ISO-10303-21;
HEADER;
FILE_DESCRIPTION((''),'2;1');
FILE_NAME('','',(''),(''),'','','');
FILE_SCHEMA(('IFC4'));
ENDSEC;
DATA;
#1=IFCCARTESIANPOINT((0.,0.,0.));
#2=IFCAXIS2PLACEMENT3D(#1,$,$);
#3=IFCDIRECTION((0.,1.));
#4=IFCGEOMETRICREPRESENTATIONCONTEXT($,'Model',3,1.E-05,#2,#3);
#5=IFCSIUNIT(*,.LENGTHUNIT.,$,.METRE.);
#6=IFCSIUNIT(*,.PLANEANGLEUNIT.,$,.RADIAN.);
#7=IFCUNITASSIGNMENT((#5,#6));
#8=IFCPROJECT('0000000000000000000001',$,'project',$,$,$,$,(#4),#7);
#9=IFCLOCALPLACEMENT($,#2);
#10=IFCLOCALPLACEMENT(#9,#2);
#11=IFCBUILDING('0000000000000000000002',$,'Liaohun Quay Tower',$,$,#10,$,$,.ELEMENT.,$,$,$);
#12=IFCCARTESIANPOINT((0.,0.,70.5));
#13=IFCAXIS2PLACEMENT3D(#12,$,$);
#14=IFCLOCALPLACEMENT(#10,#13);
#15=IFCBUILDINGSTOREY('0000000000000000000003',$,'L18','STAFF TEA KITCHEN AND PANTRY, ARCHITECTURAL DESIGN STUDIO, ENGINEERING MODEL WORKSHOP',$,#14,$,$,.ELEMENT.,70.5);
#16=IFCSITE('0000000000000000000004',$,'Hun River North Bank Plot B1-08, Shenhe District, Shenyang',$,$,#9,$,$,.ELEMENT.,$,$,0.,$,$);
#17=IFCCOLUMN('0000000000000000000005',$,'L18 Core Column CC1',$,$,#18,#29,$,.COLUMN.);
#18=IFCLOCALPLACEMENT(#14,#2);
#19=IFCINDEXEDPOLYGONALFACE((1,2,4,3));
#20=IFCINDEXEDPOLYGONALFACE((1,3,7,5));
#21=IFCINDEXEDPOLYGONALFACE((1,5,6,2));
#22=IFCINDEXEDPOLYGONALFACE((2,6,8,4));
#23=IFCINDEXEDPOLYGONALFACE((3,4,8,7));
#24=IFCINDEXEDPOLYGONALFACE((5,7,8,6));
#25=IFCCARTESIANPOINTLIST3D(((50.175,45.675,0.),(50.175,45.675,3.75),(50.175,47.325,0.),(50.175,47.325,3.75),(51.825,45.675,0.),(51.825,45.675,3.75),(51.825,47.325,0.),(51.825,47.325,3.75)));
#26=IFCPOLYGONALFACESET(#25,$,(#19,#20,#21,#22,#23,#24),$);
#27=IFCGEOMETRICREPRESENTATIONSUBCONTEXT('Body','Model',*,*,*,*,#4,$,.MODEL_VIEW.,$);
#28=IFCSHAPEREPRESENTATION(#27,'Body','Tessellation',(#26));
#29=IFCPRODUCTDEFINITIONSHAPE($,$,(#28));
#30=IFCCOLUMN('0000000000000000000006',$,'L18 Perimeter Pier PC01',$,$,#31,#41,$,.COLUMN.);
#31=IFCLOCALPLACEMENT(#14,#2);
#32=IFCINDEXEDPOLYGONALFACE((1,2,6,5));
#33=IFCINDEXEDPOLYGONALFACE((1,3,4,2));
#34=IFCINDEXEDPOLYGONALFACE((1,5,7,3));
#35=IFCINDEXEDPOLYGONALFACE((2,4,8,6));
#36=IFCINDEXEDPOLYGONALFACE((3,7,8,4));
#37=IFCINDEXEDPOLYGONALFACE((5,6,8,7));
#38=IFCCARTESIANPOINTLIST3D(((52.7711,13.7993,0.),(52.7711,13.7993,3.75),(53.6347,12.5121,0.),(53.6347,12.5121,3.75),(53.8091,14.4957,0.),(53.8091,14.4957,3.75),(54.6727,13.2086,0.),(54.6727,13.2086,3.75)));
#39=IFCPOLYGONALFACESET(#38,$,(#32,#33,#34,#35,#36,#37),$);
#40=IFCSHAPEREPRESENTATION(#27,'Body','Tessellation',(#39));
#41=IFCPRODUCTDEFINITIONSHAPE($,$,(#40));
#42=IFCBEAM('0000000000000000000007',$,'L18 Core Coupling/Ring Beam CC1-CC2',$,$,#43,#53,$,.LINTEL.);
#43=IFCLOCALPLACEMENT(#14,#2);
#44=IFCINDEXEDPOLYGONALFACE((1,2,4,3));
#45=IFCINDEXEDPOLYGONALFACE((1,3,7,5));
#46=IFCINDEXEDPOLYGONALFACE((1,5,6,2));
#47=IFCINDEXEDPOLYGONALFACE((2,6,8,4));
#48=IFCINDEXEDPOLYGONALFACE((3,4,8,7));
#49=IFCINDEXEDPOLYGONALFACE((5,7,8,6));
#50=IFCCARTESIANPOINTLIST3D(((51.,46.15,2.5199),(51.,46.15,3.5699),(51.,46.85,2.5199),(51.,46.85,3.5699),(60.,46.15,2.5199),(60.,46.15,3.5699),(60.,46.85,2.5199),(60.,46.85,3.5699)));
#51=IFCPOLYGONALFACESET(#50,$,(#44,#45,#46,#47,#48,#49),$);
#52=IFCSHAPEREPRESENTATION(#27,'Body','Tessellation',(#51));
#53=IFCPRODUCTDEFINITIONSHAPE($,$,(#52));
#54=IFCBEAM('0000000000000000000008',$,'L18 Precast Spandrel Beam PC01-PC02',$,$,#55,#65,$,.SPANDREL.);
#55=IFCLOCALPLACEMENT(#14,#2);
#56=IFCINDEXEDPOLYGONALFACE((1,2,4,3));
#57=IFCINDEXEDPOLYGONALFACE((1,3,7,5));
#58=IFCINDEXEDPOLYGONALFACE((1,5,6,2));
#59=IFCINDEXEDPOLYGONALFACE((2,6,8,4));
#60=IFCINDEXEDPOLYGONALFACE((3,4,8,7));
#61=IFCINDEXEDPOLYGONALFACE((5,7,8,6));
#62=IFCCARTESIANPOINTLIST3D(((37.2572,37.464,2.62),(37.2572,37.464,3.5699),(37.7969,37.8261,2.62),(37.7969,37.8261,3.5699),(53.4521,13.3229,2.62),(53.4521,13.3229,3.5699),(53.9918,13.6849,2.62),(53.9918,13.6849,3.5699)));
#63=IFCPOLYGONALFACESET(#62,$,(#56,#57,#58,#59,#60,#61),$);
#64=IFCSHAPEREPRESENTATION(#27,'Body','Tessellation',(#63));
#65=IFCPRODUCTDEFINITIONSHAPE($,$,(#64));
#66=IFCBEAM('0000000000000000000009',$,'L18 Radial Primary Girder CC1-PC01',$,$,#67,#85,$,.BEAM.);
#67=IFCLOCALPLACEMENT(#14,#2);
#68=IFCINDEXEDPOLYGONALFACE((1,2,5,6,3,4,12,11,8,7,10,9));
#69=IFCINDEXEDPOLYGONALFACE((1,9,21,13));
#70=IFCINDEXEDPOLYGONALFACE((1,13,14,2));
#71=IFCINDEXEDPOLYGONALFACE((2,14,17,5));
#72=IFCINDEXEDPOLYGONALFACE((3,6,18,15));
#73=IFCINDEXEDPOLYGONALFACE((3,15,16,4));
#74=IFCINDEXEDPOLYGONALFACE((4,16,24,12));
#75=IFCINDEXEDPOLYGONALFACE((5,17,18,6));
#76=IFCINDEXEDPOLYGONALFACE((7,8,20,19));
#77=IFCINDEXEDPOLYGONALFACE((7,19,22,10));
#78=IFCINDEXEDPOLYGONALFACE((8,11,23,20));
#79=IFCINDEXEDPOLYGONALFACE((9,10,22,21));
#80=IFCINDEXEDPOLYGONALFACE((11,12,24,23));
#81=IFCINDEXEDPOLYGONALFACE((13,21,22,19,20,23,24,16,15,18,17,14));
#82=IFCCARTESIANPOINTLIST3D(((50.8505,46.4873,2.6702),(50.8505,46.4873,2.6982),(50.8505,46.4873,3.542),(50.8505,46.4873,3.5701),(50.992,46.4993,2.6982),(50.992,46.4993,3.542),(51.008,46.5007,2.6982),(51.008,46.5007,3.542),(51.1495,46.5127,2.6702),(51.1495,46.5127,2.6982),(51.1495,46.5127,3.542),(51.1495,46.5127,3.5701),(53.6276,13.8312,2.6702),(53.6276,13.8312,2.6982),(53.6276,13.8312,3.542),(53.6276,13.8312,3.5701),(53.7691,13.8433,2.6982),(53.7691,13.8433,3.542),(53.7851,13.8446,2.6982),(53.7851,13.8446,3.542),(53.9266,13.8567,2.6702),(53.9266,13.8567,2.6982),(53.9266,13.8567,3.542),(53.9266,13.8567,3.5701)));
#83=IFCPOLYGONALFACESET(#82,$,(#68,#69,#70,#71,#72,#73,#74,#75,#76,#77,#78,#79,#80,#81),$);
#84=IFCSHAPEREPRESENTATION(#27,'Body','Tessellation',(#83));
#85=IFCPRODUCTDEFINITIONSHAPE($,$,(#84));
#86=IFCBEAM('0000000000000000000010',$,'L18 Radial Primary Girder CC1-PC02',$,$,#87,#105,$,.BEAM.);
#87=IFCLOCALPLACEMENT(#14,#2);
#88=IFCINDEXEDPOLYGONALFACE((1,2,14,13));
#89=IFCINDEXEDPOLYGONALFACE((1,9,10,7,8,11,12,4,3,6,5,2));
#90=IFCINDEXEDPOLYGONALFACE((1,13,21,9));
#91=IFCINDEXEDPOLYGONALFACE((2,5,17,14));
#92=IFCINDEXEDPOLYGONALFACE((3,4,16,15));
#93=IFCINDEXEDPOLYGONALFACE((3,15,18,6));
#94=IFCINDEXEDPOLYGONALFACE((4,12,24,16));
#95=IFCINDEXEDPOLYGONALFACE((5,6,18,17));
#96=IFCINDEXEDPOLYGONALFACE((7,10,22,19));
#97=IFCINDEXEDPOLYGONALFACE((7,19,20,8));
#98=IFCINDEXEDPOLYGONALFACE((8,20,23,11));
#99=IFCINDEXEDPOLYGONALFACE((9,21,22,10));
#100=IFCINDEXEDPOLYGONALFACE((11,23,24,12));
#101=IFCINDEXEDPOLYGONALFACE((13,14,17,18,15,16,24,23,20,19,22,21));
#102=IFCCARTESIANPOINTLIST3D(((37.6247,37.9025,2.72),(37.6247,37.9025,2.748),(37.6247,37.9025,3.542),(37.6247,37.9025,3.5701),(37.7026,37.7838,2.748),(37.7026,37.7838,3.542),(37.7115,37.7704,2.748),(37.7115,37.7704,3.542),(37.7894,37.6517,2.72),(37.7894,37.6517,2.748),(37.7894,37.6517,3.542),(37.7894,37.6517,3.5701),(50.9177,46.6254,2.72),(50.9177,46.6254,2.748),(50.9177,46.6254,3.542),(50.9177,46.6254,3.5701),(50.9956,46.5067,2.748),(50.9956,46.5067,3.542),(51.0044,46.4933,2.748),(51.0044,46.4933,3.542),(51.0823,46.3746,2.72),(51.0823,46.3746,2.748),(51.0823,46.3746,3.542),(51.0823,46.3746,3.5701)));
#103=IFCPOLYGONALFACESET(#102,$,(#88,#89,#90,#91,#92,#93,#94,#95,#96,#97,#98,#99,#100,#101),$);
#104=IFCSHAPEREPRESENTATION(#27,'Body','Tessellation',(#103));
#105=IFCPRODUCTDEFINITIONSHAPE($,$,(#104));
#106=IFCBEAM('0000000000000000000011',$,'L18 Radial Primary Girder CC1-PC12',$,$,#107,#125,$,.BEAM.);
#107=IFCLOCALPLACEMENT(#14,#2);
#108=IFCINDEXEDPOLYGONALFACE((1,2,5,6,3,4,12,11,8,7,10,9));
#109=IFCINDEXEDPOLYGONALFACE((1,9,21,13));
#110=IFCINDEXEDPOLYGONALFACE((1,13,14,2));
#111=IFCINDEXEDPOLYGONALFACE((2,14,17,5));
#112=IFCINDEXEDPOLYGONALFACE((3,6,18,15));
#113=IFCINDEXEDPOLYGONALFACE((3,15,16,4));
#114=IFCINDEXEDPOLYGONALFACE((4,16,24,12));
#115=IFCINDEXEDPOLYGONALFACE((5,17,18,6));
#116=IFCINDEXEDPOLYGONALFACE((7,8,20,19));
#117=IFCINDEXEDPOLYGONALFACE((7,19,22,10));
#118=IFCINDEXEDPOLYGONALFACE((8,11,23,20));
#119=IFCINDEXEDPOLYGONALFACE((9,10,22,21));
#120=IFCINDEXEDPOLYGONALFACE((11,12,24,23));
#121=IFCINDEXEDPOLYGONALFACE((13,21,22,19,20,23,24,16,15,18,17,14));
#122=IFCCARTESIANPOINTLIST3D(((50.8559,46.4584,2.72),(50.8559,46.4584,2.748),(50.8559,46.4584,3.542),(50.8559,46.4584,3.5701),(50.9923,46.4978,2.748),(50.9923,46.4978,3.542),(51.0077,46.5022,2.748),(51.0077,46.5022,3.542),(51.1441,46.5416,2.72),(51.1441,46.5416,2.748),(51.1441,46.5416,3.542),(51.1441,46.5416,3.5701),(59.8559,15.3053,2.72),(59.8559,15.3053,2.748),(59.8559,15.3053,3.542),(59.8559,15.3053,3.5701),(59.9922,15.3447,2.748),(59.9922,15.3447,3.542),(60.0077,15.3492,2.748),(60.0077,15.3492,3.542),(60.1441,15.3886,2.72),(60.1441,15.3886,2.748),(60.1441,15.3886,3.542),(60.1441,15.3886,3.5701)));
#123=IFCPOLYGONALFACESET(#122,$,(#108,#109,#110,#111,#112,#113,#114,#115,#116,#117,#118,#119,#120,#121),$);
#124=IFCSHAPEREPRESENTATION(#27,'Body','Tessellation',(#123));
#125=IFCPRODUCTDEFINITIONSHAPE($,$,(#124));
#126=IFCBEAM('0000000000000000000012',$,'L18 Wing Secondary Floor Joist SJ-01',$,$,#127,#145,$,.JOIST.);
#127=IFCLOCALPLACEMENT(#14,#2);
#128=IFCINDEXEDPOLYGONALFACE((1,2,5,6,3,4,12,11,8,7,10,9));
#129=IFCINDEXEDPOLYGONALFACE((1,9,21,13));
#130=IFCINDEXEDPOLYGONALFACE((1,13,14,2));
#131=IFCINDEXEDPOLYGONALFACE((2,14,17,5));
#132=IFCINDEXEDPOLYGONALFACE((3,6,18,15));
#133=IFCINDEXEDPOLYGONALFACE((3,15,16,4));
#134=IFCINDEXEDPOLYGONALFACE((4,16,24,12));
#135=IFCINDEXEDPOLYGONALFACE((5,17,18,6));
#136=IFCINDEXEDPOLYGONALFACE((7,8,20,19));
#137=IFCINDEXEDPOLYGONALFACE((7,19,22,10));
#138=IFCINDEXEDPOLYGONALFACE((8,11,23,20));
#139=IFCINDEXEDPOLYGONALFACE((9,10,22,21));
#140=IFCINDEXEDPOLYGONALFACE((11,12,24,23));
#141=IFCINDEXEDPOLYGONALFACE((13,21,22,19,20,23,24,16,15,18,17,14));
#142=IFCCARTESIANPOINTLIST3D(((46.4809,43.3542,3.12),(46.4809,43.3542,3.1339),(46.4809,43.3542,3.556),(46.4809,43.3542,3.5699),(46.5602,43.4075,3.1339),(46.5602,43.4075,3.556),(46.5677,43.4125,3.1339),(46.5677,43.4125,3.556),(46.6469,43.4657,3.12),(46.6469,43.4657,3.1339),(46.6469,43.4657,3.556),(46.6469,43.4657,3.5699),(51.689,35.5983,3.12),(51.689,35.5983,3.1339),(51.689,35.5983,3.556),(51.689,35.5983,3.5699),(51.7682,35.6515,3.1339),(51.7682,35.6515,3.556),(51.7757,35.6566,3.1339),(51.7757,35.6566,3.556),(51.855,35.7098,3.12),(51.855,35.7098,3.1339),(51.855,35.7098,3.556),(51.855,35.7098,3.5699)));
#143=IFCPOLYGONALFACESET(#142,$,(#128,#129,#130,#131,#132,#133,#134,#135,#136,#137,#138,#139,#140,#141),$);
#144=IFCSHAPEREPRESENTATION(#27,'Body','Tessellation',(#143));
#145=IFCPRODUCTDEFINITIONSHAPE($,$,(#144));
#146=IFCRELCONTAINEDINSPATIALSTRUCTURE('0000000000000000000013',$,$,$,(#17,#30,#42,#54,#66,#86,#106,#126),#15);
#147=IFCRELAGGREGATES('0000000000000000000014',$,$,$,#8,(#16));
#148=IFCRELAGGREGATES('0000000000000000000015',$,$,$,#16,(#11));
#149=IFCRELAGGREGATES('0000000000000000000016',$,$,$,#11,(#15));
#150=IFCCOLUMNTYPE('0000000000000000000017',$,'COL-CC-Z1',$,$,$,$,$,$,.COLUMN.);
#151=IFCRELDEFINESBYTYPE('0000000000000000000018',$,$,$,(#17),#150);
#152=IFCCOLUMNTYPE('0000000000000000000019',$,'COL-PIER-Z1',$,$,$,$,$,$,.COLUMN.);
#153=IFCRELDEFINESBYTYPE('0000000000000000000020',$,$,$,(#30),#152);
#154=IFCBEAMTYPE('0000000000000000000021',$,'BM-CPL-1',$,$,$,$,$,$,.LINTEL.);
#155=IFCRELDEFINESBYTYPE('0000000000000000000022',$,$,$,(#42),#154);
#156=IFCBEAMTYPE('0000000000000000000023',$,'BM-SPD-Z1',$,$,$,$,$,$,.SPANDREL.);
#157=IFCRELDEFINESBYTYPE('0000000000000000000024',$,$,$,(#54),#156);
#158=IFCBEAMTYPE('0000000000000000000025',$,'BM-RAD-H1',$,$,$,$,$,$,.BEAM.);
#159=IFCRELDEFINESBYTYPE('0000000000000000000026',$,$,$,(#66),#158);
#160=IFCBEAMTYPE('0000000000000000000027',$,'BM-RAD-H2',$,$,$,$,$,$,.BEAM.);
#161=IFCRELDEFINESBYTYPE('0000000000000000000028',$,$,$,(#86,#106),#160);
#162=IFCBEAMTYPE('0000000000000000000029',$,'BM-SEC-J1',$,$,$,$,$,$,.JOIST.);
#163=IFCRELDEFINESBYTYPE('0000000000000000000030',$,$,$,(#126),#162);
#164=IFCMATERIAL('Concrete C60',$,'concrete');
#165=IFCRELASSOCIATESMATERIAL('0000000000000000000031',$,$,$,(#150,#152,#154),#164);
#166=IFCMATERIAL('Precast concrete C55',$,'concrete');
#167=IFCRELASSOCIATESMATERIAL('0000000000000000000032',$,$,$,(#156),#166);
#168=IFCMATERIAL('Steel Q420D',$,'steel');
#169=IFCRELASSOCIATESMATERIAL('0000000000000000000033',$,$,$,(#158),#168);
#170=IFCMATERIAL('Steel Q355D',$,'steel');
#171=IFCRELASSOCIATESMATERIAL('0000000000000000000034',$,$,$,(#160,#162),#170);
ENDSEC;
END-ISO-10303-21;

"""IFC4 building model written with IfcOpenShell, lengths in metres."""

from ifc_helpers import new_model, si_unit, direction, frame, origin, origin_2d, place, context, subcontext, project, spatial, rectangle, i_section, extrude, source, transform, mapped, material, material_profile, profile_set, type_object, element, save


model = new_model("IFC4")

# Units and contexts
model_context = context("Model", 3, precision=1e-05, world=origin(), true_north=direction((0.0, 1.0)))
body_context = subcontext(model_context, "Body", "Model", "MODEL_VIEW")
ifc_project = project(units=[si_unit("LENGTHUNIT", "METRE"), si_unit("PLANEANGLEUNIT", "RADIAN")], contexts=[model_context])

# Site, building, storey
site_placement = place(None, origin())
site = spatial("IfcSite", under=ifc_project, at=site_placement, Name="Hun River North Bank Plot B1-08, Shenhe District, Shenyang", CompositionType="ELEMENT", RefElevation=0.0)
building_placement = place(site_placement, origin())
building = spatial("IfcBuilding", under=site, at=building_placement, Name="Liaohun Quay Tower", CompositionType="ELEMENT")
storey_placement = place(building_placement, frame((0.0, 0.0, 70.5)))
storey = spatial("IfcBuildingStorey", under=building, at=storey_placement, Name="L18", Description="STAFF TEA KITCHEN AND PANTRY, ARCHITECTURAL DESIGN STUDIO, ENGINEERING MODEL WORKSHOP", CompositionType="ELEMENT", Elevation=70.5)

# Columns
ifc_material_1 = material(Name="Concrete C60", Category="concrete")
ifc_material_profile_1 = material_profile(ifc_material_1, rectangle(XDim=1.6499, YDim=1.6499, at=origin_2d()), Name="RC1650x1650")
ifc_profile_set_1 = profile_set([ifc_material_profile_1], Name="Concrete C60")
column_type_1 = type_object("IfcColumnType", Name="COL-CC-Z1", PredefinedType="COLUMN", material=ifc_profile_set_1)
shared_shape_1 = source(origin(), body_context, "Body", "SweptSolid", [
    extrude(rectangle(XDim=1.6499, YDim=1.6499, at=origin_2d()), origin(), (0.0, 0.0, 1.0), 3.75),
])
column_1_placement = place(storey_placement, frame((51.0, 46.5, 0.0), z_axis=(0.0, 0.0, 1.0), x_axis=(1.0, 0.0, 0.0)))
element("IfcColumn", 1, at=column_1_placement, inside=storey, type_object=column_type_1, Name="L18 Core Column CC1", PredefinedType="COLUMN", context=body_context, shape_type="MappedRepresentation", body=[
    mapped(shared_shape_1, transform((0.0, 0.0, 0.0), x_axis=(1.0, 0.0, 0.0), y_axis=(0.0, 1.0, 0.0), z_axis=(0.0, 0.0, 1.0), scale=1.0)),
])
ifc_material_profile_2 = material_profile(ifc_material_1, rectangle(XDim=1.55, YDim=1.25, at=origin_2d()), Name="RC1550x1250")
ifc_profile_set_2 = profile_set([ifc_material_profile_2], Name="Concrete C60")
column_type_2 = type_object("IfcColumnType", Name="COL-PIER-Z1", PredefinedType="COLUMN", material=ifc_profile_set_2)
shared_shape_2 = source(origin(), body_context, "Body", "SweptSolid", [
    extrude(rectangle(XDim=1.55, YDim=1.25, at=origin_2d()), origin(), (0.0, 0.0, 1.0), 3.75),
])
column_2_placement = place(storey_placement, frame((53.7219, 13.5039, 0.0), z_axis=(0.0, 0.0, 1.0), x_axis=(-0.557166, 0.830401, 0.0)))
element("IfcColumn", 2, at=column_2_placement, inside=storey, type_object=column_type_2, Name="L18 Perimeter Pier PC01", PredefinedType="COLUMN", context=body_context, shape_type="MappedRepresentation", body=[
    mapped(shared_shape_2, transform((0.0, 0.0, 0.0), x_axis=(1.0, 0.0, 0.0), y_axis=(0.0, 1.0, 0.0), z_axis=(0.0, 0.0, 1.0), scale=1.0)),
])

# Beams
ifc_material_profile_3 = material_profile(ifc_material_1, rectangle(XDim=0.7, YDim=1.05, at=origin_2d()), Name="RC700x1050")
ifc_profile_set_3 = profile_set([ifc_material_profile_3], Name="Concrete C60")
beam_type_1 = type_object("IfcBeamType", Name="BM-CPL-1", PredefinedType="LINTEL", material=ifc_profile_set_3)
shared_shape_3 = source(origin(), body_context, "Body", "SweptSolid", [
    extrude(rectangle(XDim=0.7, YDim=1.05, at=origin_2d()), origin(), (0.0, 0.0, 1.0), 9.0),
])
beam_1_placement = place(storey_placement, frame((51.0, 46.5, 3.0449), z_axis=(1.0, 0.0, 0.0), x_axis=(0.0, 1.0, 0.0)))
element("IfcBeam", 3, at=beam_1_placement, inside=storey, type_object=beam_type_1, Name="L18 Core Coupling/Ring Beam CC1-CC2", PredefinedType="LINTEL", context=body_context, shape_type="MappedRepresentation", body=[
    mapped(shared_shape_3, transform((0.0, 0.0, 0.0), x_axis=(1.0, 0.0, 0.0), y_axis=(0.0, 1.0, 0.0), z_axis=(0.0, 0.0, 1.0), scale=1.0)),
])
ifc_material_2 = material(Name="Precast concrete C55", Category="concrete")
ifc_material_profile_4 = material_profile(ifc_material_2, rectangle(XDim=0.6499, YDim=0.95, at=origin_2d()), Name="RC650x950")
ifc_profile_set_4 = profile_set([ifc_material_profile_4], Name="Precast concrete C55")
beam_type_2 = type_object("IfcBeamType", Name="BM-SPD-Z1", PredefinedType="SPANDREL", material=ifc_profile_set_4)
shared_shape_4 = source(origin(), body_context, "Body", "SweptSolid", [
    extrude(rectangle(XDim=0.6499, YDim=0.95, at=origin_2d()), origin(), (0.0, 0.0, 1.0), 29.0701),
])
beam_2_placement = place(storey_placement, frame((53.7219, 13.5039, 3.095), z_axis=(-0.557097, 0.830447, 0.0), x_axis=(-0.830447, -0.557097, 0.0)))
element("IfcBeam", 4, at=beam_2_placement, inside=storey, type_object=beam_type_2, Name="L18 Precast Spandrel Beam PC01-PC02", PredefinedType="SPANDREL", context=body_context, shape_type="MappedRepresentation", body=[
    mapped(shared_shape_4, transform((0.0, 0.0, 0.0), x_axis=(1.0, 0.0, 0.0), y_axis=(0.0, 1.0, 0.0), z_axis=(0.0, 0.0, 1.0), scale=1.0)),
])
ifc_material_3 = material(Name="Steel Q420D", Category="steel")
ifc_material_profile_5 = material_profile(ifc_material_3, i_section(OverallWidth=0.3, OverallDepth=0.8999, WebThickness=0.0161, FlangeThickness=0.0281, at=origin_2d()), Name="HN900x300x16x28")
ifc_profile_set_5 = profile_set([ifc_material_profile_5], Name="Steel Q420D")
beam_type_3 = type_object("IfcBeamType", Name="BM-RAD-H1", PredefinedType="BEAM", material=ifc_profile_set_5)
shared_shape_5 = source(origin(), body_context, "Body", "SweptSolid", [
    extrude(i_section(OverallWidth=0.3, OverallDepth=0.8999, WebThickness=0.0161, FlangeThickness=0.0281, at=origin_2d()), origin(), (0.0, 0.0, 1.0), 32.7739),
])
beam_3_placement = place(storey_placement, frame((51.0, 46.5, 3.1201), z_axis=(0.084735, -0.996404, 0.0), x_axis=(0.996404, 0.084735, 0.0)))
element("IfcBeam", 5, at=beam_3_placement, inside=storey, type_object=beam_type_3, Name="L18 Radial Primary Girder CC1-PC01", PredefinedType="BEAM", context=body_context, shape_type="MappedRepresentation", body=[
    mapped(shared_shape_5, transform((0.0, 0.0, 0.0), x_axis=(1.0, 0.0, 0.0), y_axis=(0.0, 1.0, 0.0), z_axis=(0.0, 0.0, 1.0), scale=1.0)),
])
ifc_material_4 = material(Name="Steel Q355D", Category="steel")
ifc_material_profile_6 = material_profile(ifc_material_4, i_section(OverallWidth=0.3, OverallDepth=0.8501, WebThickness=0.0161, FlangeThickness=0.0281, at=origin_2d()), Name="HN850x300x16x28")
ifc_profile_set_6 = profile_set([ifc_material_profile_6], Name="Steel Q355D")
beam_type_4 = type_object("IfcBeamType", Name="BM-RAD-H2", PredefinedType="BEAM", material=ifc_profile_set_6)
shared_shape_6 = source(origin(), body_context, "Body", "SweptSolid", [
    extrude(i_section(OverallWidth=0.3, OverallDepth=0.8501, WebThickness=0.0161, FlangeThickness=0.0281, at=origin_2d()), origin(), (0.0, 0.0, 1.0), 15.8994),
])
beam_4_placement = place(storey_placement, frame((51.0, 46.5, 3.145), z_axis=(-0.836066, -0.54863, 0.0), x_axis=(0.54863, -0.836066, 0.0)))
element("IfcBeam", 6, at=beam_4_placement, inside=storey, type_object=beam_type_4, Name="L18 Radial Primary Girder CC1-PC02", PredefinedType="BEAM", context=body_context, shape_type="MappedRepresentation", body=[
    mapped(shared_shape_6, transform((0.0, 0.0, 0.0), x_axis=(1.0, 0.0, 0.0), y_axis=(0.0, 1.0, 0.0), z_axis=(0.0, 0.0, 1.0), scale=1.0)),
])
shared_shape_7 = source(origin(), body_context, "Body", "SweptSolid", [
    extrude(i_section(OverallWidth=0.3, OverallDepth=0.8501, WebThickness=0.0161, FlangeThickness=0.0281, at=origin_2d()), origin(), (0.0, 0.0, 1.0), 32.427),
])
beam_5_placement = place(storey_placement, frame((51.0, 46.5, 3.145), z_axis=(0.277546, -0.960712, 0.0), x_axis=(0.960712, 0.277546, 0.0)))
element("IfcBeam", 7, at=beam_5_placement, inside=storey, type_object=beam_type_4, Name="L18 Radial Primary Girder CC1-PC12", PredefinedType="BEAM", context=body_context, shape_type="MappedRepresentation", body=[
    mapped(shared_shape_7, transform((0.0, 0.0, 0.0), x_axis=(1.0, 0.0, 0.0), y_axis=(0.0, 1.0, 0.0), z_axis=(0.0, 0.0, 1.0), scale=1.0)),
])
ifc_material_profile_7 = material_profile(ifc_material_4, i_section(OverallWidth=0.2, OverallDepth=0.45, WebThickness=0.009, FlangeThickness=0.0139, at=origin_2d()), Name="HN450x200x9x14")
ifc_profile_set_7 = profile_set([ifc_material_profile_7], Name="Steel Q355D")
beam_type_5 = type_object("IfcBeamType", Name="BM-SEC-J1", PredefinedType="JOIST", material=ifc_profile_set_7)
shared_shape_8 = source(origin(), body_context, "Body", "SweptSolid", [
    extrude(i_section(OverallWidth=0.2, OverallDepth=0.45, WebThickness=0.009, FlangeThickness=0.0139, at=origin_2d()), origin(), (0.0, 0.0, 1.0), 9.3423),
])
beam_6_placement = place(storey_placement, frame((51.772, 35.6541, 3.345), z_axis=(-0.557471, 0.830196, 0.0), x_axis=(-0.830196, -0.557471, 0.0)))
element("IfcBeam", 8, at=beam_6_placement, inside=storey, type_object=beam_type_5, Name="L18 Wing Secondary Floor Joist SJ-01", PredefinedType="JOIST", context=body_context, shape_type="MappedRepresentation", body=[
    mapped(shared_shape_8, transform((0.0, 0.0, 0.0), x_axis=(1.0, 0.0, 0.0), y_axis=(0.0, 1.0, 0.0), z_axis=(0.0, 0.0, 1.0), scale=1.0)),
])

save(model, "model.ifc")
